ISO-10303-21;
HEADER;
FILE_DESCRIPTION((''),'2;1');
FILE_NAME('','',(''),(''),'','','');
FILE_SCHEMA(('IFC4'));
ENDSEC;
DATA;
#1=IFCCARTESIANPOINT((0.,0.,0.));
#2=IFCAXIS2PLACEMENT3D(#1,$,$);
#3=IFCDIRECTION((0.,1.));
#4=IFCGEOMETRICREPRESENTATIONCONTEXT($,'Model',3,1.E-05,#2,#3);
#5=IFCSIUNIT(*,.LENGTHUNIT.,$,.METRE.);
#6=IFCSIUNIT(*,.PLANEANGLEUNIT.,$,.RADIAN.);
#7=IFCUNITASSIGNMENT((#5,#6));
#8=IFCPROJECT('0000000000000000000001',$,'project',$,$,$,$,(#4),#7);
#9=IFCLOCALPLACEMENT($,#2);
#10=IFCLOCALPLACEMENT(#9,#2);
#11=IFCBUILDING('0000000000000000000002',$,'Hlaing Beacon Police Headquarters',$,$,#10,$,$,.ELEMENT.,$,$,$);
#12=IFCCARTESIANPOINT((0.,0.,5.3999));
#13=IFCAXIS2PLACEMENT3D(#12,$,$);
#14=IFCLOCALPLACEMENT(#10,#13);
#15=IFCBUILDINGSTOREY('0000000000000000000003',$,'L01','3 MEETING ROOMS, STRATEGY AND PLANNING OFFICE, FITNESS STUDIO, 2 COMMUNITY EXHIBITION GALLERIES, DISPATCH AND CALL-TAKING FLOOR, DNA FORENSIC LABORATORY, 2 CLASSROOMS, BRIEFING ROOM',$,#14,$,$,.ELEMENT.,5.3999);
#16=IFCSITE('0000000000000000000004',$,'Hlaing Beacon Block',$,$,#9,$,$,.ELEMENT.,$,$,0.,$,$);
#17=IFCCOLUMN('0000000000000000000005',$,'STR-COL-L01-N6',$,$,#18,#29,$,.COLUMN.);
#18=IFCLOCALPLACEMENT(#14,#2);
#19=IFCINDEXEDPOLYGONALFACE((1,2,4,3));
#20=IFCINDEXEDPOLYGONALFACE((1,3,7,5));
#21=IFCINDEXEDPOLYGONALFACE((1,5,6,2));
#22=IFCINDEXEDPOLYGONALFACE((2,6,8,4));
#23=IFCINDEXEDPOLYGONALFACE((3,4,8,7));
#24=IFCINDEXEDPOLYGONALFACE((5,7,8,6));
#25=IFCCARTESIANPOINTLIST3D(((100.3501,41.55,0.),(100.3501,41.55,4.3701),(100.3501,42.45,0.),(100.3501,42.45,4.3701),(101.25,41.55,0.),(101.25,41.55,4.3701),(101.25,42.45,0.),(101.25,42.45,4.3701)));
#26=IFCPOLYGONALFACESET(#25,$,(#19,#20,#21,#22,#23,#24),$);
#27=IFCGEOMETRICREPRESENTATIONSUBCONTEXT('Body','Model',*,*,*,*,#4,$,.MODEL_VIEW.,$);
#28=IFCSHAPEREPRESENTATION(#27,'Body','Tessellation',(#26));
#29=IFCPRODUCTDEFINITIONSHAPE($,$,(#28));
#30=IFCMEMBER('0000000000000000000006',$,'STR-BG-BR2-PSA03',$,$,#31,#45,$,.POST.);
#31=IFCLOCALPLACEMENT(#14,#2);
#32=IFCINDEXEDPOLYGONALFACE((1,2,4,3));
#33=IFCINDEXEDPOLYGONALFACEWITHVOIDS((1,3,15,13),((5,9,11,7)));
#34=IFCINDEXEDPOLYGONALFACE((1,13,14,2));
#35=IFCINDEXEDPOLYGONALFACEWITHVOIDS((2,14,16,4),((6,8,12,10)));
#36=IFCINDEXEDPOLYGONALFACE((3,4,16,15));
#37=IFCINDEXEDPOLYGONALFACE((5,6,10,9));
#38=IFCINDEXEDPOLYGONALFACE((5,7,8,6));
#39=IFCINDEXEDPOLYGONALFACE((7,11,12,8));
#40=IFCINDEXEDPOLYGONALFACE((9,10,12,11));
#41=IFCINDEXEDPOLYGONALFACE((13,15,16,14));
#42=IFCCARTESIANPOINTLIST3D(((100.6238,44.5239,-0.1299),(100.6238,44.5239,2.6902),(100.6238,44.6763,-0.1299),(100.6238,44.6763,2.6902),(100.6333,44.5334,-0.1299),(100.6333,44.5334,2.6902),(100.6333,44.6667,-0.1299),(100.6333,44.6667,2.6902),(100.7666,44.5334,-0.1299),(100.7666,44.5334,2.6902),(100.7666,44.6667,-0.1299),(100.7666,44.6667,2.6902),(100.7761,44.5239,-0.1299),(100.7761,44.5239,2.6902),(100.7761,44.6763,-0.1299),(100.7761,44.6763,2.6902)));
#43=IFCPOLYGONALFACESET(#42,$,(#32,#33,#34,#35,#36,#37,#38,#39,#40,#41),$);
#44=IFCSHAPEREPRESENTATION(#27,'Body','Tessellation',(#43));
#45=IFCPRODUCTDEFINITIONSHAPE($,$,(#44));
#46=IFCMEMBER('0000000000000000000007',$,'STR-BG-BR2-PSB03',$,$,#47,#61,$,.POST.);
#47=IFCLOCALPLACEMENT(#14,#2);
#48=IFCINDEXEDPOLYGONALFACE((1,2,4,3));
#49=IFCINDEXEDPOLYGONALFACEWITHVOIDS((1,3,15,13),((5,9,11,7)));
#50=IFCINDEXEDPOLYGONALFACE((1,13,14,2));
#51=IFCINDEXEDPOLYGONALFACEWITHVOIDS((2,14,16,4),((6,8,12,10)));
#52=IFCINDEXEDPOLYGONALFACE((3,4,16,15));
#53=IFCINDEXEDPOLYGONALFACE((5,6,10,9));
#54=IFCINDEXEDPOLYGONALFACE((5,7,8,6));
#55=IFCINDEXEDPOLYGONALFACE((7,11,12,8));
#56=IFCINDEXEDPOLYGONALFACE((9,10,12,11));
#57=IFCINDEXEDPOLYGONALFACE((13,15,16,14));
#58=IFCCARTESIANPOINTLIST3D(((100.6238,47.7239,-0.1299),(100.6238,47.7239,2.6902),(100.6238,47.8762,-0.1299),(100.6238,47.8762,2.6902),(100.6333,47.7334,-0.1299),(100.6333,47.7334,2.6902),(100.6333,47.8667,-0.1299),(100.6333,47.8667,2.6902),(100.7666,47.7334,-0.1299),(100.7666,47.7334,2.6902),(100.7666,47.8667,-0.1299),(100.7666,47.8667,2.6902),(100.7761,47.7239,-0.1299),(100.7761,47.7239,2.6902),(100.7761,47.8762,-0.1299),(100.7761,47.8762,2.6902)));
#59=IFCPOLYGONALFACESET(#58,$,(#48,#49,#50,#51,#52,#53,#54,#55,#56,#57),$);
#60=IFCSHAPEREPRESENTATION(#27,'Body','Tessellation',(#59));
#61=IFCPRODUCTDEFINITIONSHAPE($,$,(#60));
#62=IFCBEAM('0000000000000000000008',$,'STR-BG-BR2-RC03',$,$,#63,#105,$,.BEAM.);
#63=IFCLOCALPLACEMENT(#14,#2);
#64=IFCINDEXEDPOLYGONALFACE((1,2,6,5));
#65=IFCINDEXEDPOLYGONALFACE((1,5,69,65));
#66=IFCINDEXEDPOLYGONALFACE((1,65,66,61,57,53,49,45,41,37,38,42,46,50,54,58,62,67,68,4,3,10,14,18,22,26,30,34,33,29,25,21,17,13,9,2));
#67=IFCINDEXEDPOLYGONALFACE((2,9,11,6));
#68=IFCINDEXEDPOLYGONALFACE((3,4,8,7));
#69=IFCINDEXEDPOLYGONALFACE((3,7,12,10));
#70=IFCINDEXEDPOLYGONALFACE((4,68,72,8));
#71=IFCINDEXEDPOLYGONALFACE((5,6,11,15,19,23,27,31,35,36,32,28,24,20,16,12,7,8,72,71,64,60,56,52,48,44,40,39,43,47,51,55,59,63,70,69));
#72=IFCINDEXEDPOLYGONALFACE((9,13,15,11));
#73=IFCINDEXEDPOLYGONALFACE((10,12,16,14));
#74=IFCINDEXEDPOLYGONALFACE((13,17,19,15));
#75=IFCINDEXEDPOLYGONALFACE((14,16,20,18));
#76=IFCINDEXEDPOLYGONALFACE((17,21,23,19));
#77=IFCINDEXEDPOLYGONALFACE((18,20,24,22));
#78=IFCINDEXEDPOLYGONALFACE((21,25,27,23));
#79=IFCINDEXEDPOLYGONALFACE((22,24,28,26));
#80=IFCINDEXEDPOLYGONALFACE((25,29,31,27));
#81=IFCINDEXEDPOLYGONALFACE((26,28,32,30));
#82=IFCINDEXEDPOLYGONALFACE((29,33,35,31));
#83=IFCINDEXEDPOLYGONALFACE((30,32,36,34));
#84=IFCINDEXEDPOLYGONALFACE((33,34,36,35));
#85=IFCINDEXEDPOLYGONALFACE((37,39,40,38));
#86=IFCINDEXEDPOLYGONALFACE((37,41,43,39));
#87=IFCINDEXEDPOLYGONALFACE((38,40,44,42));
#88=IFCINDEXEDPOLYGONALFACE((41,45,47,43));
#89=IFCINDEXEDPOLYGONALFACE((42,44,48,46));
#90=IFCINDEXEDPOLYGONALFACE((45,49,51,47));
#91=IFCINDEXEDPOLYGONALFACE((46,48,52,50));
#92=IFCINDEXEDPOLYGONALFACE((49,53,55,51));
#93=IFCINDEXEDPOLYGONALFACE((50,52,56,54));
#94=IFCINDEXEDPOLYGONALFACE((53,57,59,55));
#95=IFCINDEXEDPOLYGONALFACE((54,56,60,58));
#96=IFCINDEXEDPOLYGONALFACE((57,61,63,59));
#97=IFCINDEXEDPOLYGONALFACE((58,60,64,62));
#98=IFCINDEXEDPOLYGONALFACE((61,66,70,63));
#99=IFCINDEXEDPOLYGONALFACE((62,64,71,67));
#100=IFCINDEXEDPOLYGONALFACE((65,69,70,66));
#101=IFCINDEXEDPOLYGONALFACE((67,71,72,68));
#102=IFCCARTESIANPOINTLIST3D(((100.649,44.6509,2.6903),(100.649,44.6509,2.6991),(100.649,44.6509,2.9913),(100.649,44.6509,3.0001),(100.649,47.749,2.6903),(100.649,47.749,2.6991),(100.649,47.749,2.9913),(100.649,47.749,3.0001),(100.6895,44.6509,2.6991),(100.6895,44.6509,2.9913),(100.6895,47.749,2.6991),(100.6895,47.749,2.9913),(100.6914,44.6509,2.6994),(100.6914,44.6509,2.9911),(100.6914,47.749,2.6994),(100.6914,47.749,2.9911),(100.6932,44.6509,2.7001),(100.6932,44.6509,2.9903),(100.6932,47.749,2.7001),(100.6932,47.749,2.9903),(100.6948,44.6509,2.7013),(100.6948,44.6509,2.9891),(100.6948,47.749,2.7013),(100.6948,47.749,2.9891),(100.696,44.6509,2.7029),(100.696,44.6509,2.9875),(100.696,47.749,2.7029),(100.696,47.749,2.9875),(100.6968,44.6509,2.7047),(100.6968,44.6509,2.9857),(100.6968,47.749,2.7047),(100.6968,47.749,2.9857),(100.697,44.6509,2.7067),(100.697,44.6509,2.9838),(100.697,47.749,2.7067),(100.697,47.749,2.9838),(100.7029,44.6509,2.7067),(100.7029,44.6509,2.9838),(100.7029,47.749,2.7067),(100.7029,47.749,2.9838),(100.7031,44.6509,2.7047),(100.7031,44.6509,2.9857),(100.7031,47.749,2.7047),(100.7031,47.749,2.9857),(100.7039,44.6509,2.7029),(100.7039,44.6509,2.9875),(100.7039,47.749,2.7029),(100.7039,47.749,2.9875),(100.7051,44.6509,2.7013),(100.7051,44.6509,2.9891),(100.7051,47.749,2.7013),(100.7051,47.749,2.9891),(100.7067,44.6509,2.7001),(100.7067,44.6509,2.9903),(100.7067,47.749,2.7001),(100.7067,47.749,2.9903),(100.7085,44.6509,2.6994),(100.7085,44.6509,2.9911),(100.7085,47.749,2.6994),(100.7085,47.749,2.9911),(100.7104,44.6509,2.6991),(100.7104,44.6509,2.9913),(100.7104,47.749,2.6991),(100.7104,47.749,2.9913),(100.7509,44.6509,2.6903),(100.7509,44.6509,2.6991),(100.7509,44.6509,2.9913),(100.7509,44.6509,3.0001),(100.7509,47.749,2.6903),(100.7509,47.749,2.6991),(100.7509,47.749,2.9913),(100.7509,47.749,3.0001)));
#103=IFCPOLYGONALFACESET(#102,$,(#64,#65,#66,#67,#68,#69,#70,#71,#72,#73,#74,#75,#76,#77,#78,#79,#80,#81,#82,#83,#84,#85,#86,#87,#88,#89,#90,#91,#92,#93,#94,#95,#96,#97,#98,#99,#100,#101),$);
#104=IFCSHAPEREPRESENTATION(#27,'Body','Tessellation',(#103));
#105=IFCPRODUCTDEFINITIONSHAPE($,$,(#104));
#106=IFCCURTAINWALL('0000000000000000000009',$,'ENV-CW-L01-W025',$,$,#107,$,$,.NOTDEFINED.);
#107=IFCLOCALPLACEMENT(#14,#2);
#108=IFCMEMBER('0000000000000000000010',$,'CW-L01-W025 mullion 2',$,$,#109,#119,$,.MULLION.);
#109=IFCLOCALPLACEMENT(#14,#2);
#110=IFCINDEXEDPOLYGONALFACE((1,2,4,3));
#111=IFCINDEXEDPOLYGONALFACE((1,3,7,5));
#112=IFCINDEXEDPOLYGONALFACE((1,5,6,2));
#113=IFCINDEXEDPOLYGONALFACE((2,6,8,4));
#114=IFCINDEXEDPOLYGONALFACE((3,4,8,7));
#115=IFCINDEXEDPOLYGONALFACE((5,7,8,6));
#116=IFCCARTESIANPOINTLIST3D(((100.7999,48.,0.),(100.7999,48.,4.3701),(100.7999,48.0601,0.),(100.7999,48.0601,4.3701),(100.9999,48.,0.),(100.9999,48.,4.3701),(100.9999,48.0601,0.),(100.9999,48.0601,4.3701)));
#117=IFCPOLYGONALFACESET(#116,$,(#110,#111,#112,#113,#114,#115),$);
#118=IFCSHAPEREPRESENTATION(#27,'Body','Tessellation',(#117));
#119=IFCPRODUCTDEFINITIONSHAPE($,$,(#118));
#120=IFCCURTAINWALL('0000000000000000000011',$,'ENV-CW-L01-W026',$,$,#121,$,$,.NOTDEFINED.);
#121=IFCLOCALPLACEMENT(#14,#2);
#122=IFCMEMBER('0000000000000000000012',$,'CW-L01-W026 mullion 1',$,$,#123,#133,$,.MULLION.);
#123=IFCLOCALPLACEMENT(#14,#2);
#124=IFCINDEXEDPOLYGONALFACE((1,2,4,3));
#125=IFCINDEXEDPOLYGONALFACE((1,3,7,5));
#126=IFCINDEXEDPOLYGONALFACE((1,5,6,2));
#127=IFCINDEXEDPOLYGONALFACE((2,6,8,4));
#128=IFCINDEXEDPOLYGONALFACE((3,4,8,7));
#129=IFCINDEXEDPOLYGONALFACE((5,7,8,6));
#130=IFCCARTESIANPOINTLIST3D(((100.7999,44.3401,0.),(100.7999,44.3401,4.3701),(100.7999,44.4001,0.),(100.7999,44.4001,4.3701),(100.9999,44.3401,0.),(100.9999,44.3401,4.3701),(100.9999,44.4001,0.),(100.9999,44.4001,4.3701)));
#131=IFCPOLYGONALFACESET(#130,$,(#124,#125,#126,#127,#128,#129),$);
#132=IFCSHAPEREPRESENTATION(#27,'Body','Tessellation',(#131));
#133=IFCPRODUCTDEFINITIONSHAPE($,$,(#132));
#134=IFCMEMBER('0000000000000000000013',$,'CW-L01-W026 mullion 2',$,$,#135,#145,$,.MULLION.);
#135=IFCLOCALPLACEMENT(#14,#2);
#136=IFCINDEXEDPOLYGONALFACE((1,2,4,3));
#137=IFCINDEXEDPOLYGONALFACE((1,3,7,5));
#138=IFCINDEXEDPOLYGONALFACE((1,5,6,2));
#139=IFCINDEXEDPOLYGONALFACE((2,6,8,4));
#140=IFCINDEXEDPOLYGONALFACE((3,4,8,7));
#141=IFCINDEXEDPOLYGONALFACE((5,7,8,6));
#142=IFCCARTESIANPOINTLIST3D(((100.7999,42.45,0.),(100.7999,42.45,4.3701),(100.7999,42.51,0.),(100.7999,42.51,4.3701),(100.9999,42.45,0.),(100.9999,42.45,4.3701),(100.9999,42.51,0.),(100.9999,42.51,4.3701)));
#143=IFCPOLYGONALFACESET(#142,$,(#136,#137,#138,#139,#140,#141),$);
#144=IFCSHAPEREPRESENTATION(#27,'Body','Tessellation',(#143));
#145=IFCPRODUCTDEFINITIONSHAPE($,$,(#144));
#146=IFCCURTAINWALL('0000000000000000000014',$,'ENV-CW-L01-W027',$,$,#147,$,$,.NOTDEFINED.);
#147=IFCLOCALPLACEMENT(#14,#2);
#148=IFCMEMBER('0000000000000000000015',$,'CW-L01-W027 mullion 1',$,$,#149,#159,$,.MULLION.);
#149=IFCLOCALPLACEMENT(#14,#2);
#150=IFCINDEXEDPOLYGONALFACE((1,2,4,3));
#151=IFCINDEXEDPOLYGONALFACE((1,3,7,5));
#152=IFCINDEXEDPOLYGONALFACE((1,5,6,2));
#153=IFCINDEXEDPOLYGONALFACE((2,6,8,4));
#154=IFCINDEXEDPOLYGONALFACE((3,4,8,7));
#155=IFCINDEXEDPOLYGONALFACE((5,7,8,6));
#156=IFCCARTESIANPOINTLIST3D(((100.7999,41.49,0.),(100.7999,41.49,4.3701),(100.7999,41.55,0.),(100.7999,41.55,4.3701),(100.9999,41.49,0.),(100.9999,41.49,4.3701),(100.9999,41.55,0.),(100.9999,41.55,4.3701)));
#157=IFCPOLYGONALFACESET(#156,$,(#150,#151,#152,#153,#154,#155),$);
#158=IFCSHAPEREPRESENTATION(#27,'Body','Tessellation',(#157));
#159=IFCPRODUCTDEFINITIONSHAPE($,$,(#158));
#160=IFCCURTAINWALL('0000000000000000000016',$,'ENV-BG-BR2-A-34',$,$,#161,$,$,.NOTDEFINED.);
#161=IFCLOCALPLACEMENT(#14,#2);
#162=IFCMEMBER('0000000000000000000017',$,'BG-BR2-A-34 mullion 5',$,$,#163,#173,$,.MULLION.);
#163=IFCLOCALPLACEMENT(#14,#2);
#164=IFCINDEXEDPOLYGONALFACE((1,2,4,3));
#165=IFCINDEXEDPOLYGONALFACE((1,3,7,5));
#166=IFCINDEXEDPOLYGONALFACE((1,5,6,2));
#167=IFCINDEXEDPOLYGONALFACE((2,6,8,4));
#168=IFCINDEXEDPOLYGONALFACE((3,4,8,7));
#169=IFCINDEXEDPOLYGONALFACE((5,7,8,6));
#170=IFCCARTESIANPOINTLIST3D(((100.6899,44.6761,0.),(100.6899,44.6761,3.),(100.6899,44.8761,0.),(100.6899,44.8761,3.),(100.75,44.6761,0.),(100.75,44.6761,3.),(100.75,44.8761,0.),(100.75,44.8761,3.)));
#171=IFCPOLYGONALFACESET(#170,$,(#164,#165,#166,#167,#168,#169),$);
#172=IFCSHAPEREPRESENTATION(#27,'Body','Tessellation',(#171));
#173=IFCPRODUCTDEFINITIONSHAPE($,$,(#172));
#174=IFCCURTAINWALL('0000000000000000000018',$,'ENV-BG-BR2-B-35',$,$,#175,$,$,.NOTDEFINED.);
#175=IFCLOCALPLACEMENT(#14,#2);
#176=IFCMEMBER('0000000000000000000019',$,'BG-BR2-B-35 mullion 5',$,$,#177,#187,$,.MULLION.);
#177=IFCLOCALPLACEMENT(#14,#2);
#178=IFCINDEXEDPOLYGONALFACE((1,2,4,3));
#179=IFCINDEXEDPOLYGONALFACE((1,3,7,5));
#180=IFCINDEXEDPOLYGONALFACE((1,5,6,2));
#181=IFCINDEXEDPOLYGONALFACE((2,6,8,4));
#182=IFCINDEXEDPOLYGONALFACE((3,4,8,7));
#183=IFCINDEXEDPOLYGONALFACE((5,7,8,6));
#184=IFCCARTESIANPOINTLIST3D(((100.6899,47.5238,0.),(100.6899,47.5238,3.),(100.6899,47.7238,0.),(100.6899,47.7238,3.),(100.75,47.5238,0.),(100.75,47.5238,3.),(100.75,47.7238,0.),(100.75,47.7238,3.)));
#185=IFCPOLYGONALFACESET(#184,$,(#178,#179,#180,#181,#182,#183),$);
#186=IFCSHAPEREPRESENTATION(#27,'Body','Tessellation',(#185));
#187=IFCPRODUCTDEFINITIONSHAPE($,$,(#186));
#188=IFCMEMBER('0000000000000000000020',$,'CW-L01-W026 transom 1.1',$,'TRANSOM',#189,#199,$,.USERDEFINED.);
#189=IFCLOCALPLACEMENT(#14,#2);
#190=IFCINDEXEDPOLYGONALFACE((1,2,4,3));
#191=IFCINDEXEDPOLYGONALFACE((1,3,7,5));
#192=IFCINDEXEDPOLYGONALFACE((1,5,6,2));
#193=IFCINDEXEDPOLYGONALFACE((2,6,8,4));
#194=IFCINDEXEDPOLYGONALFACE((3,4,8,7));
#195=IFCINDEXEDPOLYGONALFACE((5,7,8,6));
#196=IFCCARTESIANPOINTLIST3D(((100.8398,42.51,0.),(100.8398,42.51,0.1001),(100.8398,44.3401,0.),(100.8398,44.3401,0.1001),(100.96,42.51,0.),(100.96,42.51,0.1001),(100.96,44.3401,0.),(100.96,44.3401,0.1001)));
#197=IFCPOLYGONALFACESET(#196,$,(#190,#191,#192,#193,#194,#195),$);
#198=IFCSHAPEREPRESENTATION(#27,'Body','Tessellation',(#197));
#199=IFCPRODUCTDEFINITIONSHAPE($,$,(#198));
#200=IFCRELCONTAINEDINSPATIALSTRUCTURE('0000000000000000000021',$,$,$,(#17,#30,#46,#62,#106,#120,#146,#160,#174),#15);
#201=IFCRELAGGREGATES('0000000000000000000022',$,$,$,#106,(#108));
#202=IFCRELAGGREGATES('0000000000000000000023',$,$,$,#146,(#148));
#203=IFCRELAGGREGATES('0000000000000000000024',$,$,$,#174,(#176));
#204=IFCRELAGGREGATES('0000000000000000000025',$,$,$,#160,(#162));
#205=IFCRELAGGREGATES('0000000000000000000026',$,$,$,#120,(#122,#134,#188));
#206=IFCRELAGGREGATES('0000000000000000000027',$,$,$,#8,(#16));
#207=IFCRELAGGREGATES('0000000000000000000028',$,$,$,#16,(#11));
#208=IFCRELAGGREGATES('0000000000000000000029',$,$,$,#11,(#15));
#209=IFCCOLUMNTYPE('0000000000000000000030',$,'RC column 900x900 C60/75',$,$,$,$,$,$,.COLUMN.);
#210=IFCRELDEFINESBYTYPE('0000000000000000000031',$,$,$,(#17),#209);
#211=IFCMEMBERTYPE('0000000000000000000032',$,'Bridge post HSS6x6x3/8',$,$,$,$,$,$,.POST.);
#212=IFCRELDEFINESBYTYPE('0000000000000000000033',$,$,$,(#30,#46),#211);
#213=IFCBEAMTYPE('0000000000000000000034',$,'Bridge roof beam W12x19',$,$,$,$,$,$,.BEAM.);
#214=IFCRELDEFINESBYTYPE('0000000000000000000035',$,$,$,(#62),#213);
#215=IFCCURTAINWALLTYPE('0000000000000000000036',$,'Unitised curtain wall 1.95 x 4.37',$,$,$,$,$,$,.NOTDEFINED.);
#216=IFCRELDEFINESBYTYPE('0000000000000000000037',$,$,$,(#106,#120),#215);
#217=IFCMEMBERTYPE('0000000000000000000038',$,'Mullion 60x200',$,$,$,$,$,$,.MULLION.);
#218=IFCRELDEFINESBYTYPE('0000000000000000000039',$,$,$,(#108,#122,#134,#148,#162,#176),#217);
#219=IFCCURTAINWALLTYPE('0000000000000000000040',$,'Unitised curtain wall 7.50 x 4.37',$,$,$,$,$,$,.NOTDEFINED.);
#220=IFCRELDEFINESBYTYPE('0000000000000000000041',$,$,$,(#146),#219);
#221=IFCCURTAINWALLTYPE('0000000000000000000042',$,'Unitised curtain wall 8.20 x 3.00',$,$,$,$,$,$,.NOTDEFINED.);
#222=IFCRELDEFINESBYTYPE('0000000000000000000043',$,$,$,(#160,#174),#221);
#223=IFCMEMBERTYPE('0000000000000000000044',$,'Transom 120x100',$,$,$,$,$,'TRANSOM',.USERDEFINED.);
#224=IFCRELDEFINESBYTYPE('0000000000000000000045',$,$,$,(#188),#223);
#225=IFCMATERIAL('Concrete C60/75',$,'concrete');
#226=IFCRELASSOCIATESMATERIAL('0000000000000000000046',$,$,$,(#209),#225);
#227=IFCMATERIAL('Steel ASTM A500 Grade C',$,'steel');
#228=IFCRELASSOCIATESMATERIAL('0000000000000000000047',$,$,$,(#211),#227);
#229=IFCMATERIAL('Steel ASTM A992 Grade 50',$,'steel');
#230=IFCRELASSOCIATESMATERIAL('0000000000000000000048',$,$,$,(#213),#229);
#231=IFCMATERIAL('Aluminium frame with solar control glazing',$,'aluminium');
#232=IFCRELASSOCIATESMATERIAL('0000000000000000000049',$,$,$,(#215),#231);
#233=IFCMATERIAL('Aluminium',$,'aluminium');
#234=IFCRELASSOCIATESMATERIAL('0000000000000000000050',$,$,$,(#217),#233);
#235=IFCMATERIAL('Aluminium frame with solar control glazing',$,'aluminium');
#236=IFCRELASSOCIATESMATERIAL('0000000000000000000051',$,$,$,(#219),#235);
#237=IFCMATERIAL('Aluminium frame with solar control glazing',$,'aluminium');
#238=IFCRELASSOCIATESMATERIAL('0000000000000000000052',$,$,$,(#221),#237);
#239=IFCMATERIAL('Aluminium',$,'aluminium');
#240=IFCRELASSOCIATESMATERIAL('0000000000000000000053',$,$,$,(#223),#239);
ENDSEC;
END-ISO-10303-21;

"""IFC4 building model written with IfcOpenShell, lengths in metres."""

from ifc_helpers import new_model, si_unit, direction, frame, origin, origin_2d, place, context, subcontext, project, spatial, rectangle, hollow_rectangle, i_section, extrude, material, material_profile, profile_set, type_object, element, aggregate, save


model = new_model("IFC4")

# Units and contexts
model_context = context("Model", 3, precision=1e-05, world=origin(), true_north=direction((0.0, 1.0)))
body_context = subcontext(model_context, "Body", "Model", "MODEL_VIEW")
ifc_project = project(units=[si_unit("LENGTHUNIT", "METRE"), si_unit("PLANEANGLEUNIT", "RADIAN")], contexts=[model_context])

# Site, building, storey
site_placement = place(None, origin())
site = spatial("IfcSite", under=ifc_project, at=site_placement, Name="Hlaing Beacon Block", CompositionType="ELEMENT", RefElevation=0.0)
building_placement = place(site_placement, origin())
building = spatial("IfcBuilding", under=site, at=building_placement, Name="Hlaing Beacon Police Headquarters", CompositionType="ELEMENT")
storey_placement = place(building_placement, frame((0.0, 0.0, 5.3999)))
storey = spatial("IfcBuildingStorey", under=building, at=storey_placement, Name="L01", Description="3 MEETING ROOMS, STRATEGY AND PLANNING OFFICE, FITNESS STUDIO, 2 COMMUNITY EXHIBITION GALLERIES, DISPATCH AND CALL-TAKING FLOOR, DNA FORENSIC LABORATORY, 2 CLASSROOMS, BRIEFING ROOM", CompositionType="ELEMENT", Elevation=5.3999)

# Column
ifc_material_1 = material(Name="Concrete C60/75", Category="concrete")
ifc_material_profile_1 = material_profile(ifc_material_1, rectangle(XDim=0.8999, YDim=0.8999, at=origin_2d()), Name="900x900")
ifc_profile_set_1 = profile_set([ifc_material_profile_1], Name="Concrete C60/75")
column_type = type_object("IfcColumnType", Name="RC column 900x900 C60/75", PredefinedType="COLUMN", material=ifc_profile_set_1)
column_placement = place(storey_placement, frame((100.8, 42.0, 0.0), z_axis=(0.0, 0.0, 1.0), x_axis=(1.0, 0.0, 0.0)))
element("IfcColumn", 1, at=column_placement, inside=storey, type_object=column_type, Name="STR-COL-L01-N6", PredefinedType="COLUMN", context=body_context, shape_type="SweptSolid", body=[
    extrude(rectangle(XDim=0.8999, YDim=0.8999, at=origin_2d()), origin(), (0.0, 0.0, 1.0), 4.3701),
])

# Members
ifc_material_2 = material(Name="Steel ASTM A500 Grade C", Category="steel")
ifc_material_profile_2 = material_profile(ifc_material_2, hollow_rectangle(XDim=0.1523, YDim=0.1523, WallThickness=0.0095, at=origin_2d()), Name="HSS6x6x3/8")
ifc_profile_set_2 = profile_set([ifc_material_profile_2], Name="Steel ASTM A500 Grade C")
member_type_1 = type_object("IfcMemberType", Name="Bridge post HSS6x6x3/8", PredefinedType="POST", material=ifc_profile_set_2)
for number, where, z_axis, x_axis, name in (
    (2, (100.7, 44.6001, -0.1299), (0.0, 0.0, 1.0), (1.0, 0.0, 0.0), "STR-BG-BR2-PSA03"),
    (3, (100.7, 47.8, -0.1299), (0.0, 0.0, 1.0), (1.0, 0.0, 0.0), "STR-BG-BR2-PSB03"),
):
    element("IfcMember", number, at=place(storey_placement, frame(where, z_axis=z_axis, x_axis=x_axis)), inside=storey, type_object=member_type_1, Name=name, PredefinedType="POST", context=body_context, shape_type="SweptSolid", body=[
        extrude(hollow_rectangle(XDim=0.1523, YDim=0.1523, WallThickness=0.0095, at=origin_2d()), origin(), (0.0, 0.0, 1.0), 2.8201),
    ])

# Beam
ifc_material_3 = material(Name="Steel ASTM A992 Grade 50", Category="steel")
ifc_material_profile_3 = material_profile(ifc_material_3, i_section(OverallWidth=0.1018, OverallDepth=0.3098, WebThickness=0.0059, FlangeThickness=0.0088, FilletRadius=0.0076, at=origin_2d()), Name="W12x19")
ifc_profile_set_3 = profile_set([ifc_material_profile_3], Name="Steel ASTM A992 Grade 50")
beam_type = type_object("IfcBeamType", Name="Bridge roof beam W12x19", PredefinedType="BEAM", material=ifc_profile_set_3)
beam_placement = place(storey_placement, frame((100.7, 44.6509, 2.8452), z_axis=(0.0, 1.0, 0.0), x_axis=(-1.0, 0.0, 0.0)))
element("IfcBeam", 4, at=beam_placement, inside=storey, type_object=beam_type, Name="STR-BG-BR2-RC03", PredefinedType="BEAM", context=body_context, shape_type="SweptSolid", body=[
    extrude(i_section(OverallWidth=0.1018, OverallDepth=0.3098, WebThickness=0.0059, FlangeThickness=0.0088, FilletRadius=0.0076, at=origin_2d()), origin(), (0.0, 0.0, 1.0), 3.0981),
])

# Curtain wall, member
ifc_material_4 = material(Name="Aluminium frame with solar control glazing", Category="aluminium")
curtain_wall_type_1 = type_object("IfcCurtainWallType", Name="Unitised curtain wall 1.95 x 4.37", PredefinedType="NOTDEFINED", material=ifc_material_4)
curtain_wall_1_placement = place(storey_placement, origin())
curtain_wall_1 = element("IfcCurtainWall", 5, at=curtain_wall_1_placement, inside=storey, type_object=curtain_wall_type_1, Name="ENV-CW-L01-W025", PredefinedType="NOTDEFINED")
ifc_material_5 = material(Name="Aluminium", Category="aluminium")
ifc_material_profile_4 = material_profile(ifc_material_5, rectangle(XDim=0.2, YDim=0.0601, at=origin_2d()), Name="Mullion 60x200")
ifc_profile_set_4 = profile_set([ifc_material_profile_4], Name="Aluminium")
member_type_2 = type_object("IfcMemberType", Name="Mullion 60x200", PredefinedType="MULLION", material=ifc_profile_set_4)
member_1_placement = place(storey_placement, frame((100.8999, 48.03, 0.0), z_axis=(0.0, 0.0, 1.0), x_axis=(1.0, 0.0, 0.0)))
member_1 = element("IfcMember", 6, at=member_1_placement, type_object=member_type_2, Name="CW-L01-W025 mullion 2", PredefinedType="MULLION", context=body_context, shape_type="SweptSolid", body=[
    extrude(rectangle(XDim=0.2, YDim=0.0601, at=origin_2d()), origin(), (0.0, 0.0, 1.0), 4.3701),
])
aggregate(curtain_wall_1, [member_1])

# Curtain wall, members
curtain_wall_2_placement = place(storey_placement, origin())
curtain_wall_2 = element("IfcCurtainWall", 7, at=curtain_wall_2_placement, inside=storey, type_object=curtain_wall_type_1, Name="ENV-CW-L01-W026", PredefinedType="NOTDEFINED")
member_2_placement = place(storey_placement, frame((100.8999, 44.3701, 0.0), z_axis=(0.0, 0.0, 1.0), x_axis=(1.0, 0.0, 0.0)))
member_2 = element("IfcMember", 8, at=member_2_placement, type_object=member_type_2, Name="CW-L01-W026 mullion 1", PredefinedType="MULLION", context=body_context, shape_type="SweptSolid", body=[
    extrude(rectangle(XDim=0.2, YDim=0.0601, at=origin_2d()), origin(), (0.0, 0.0, 1.0), 4.3701),
])
member_3_placement = place(storey_placement, frame((100.8999, 42.48, 0.0), z_axis=(0.0, 0.0, 1.0), x_axis=(1.0, 0.0, 0.0)))
member_3 = element("IfcMember", 9, at=member_3_placement, type_object=member_type_2, Name="CW-L01-W026 mullion 2", PredefinedType="MULLION", context=body_context, shape_type="SweptSolid", body=[
    extrude(rectangle(XDim=0.2, YDim=0.0601, at=origin_2d()), origin(), (0.0, 0.0, 1.0), 4.3701),
])

# Curtain walls, members
ifc_material_6 = material(Name="Aluminium frame with solar control glazing", Category="aluminium")
curtain_wall_type_2 = type_object("IfcCurtainWallType", Name="Unitised curtain wall 7.50 x 4.37", PredefinedType="NOTDEFINED", material=ifc_material_6)
curtain_wall_3_placement = place(storey_placement, origin())
curtain_wall_3 = element("IfcCurtainWall", 10, at=curtain_wall_3_placement, inside=storey, type_object=curtain_wall_type_2, Name="ENV-CW-L01-W027", PredefinedType="NOTDEFINED")
member_4_placement = place(storey_placement, frame((100.8999, 41.52, 0.0), z_axis=(0.0, 0.0, 1.0), x_axis=(1.0, 0.0, 0.0)))
member_4 = element("IfcMember", 11, at=member_4_placement, type_object=member_type_2, Name="CW-L01-W027 mullion 1", PredefinedType="MULLION", context=body_context, shape_type="SweptSolid", body=[
    extrude(rectangle(XDim=0.2, YDim=0.0601, at=origin_2d()), origin(), (0.0, 0.0, 1.0), 4.3701),
])
ifc_material_7 = material(Name="Aluminium frame with solar control glazing", Category="aluminium")
curtain_wall_type_3 = type_object("IfcCurtainWallType", Name="Unitised curtain wall 8.20 x 3.00", PredefinedType="NOTDEFINED", material=ifc_material_7)
curtain_wall_4_placement = place(storey_placement, origin())
curtain_wall_4 = element("IfcCurtainWall", 12, at=curtain_wall_4_placement, inside=storey, type_object=curtain_wall_type_3, Name="ENV-BG-BR2-A-34", PredefinedType="NOTDEFINED")
member_5_placement = place(storey_placement, frame((100.72, 44.7761, 0.0), z_axis=(0.0, 0.0, 1.0), x_axis=(0.0, 1.0, 0.0)))
member_5 = element("IfcMember", 13, at=member_5_placement, type_object=member_type_2, Name="BG-BR2-A-34 mullion 5", PredefinedType="MULLION", context=body_context, shape_type="SweptSolid", body=[
    extrude(rectangle(XDim=0.2, YDim=0.0601, at=origin_2d()), origin(), (0.0, 0.0, 1.0), 3.0),
])
curtain_wall_5_placement = place(storey_placement, origin())
curtain_wall_5 = element("IfcCurtainWall", 14, at=curtain_wall_5_placement, inside=storey, type_object=curtain_wall_type_3, Name="ENV-BG-BR2-B-35", PredefinedType="NOTDEFINED")
member_6_placement = place(storey_placement, frame((100.72, 47.6238, 0.0), z_axis=(0.0, 0.0, 1.0), x_axis=(0.0, 1.0, 0.0)))
member_6 = element("IfcMember", 15, at=member_6_placement, type_object=member_type_2, Name="BG-BR2-B-35 mullion 5", PredefinedType="MULLION", context=body_context, shape_type="SweptSolid", body=[
    extrude(rectangle(XDim=0.2, YDim=0.0601, at=origin_2d()), origin(), (0.0, 0.0, 1.0), 3.0),
])

# Member
ifc_material_8 = material(Name="Aluminium", Category="aluminium")
ifc_material_profile_5 = material_profile(ifc_material_8, rectangle(XDim=0.1201, YDim=0.1001, at=origin_2d()), Name="Transom 120x100")
ifc_profile_set_5 = profile_set([ifc_material_profile_5], Name="Aluminium")
member_type_3 = type_object("IfcMemberType", Name="Transom 120x100", ElementType="TRANSOM", PredefinedType="USERDEFINED", material=ifc_profile_set_5)
member_7_placement = place(storey_placement, frame((100.8999, 44.3401, 0.05), z_axis=(0.0, -1.0, 0.0), x_axis=(1.0, 0.0, 0.0)))
member_7 = element("IfcMember", 16, at=member_7_placement, type_object=member_type_3, Name="CW-L01-W026 transom 1.1", ObjectType="TRANSOM", PredefinedType="USERDEFINED", context=body_context, shape_type="SweptSolid", body=[
    extrude(rectangle(XDim=0.1201, YDim=0.1001, at=origin_2d()), origin(), (0.0, 0.0, 1.0), 1.8301),
])
aggregate(curtain_wall_3, [member_4])

aggregate(curtain_wall_5, [member_6])
aggregate(curtain_wall_4, [member_5])
aggregate(curtain_wall_2, [member_2, member_3, member_7])

save(model, "model.ifc")
